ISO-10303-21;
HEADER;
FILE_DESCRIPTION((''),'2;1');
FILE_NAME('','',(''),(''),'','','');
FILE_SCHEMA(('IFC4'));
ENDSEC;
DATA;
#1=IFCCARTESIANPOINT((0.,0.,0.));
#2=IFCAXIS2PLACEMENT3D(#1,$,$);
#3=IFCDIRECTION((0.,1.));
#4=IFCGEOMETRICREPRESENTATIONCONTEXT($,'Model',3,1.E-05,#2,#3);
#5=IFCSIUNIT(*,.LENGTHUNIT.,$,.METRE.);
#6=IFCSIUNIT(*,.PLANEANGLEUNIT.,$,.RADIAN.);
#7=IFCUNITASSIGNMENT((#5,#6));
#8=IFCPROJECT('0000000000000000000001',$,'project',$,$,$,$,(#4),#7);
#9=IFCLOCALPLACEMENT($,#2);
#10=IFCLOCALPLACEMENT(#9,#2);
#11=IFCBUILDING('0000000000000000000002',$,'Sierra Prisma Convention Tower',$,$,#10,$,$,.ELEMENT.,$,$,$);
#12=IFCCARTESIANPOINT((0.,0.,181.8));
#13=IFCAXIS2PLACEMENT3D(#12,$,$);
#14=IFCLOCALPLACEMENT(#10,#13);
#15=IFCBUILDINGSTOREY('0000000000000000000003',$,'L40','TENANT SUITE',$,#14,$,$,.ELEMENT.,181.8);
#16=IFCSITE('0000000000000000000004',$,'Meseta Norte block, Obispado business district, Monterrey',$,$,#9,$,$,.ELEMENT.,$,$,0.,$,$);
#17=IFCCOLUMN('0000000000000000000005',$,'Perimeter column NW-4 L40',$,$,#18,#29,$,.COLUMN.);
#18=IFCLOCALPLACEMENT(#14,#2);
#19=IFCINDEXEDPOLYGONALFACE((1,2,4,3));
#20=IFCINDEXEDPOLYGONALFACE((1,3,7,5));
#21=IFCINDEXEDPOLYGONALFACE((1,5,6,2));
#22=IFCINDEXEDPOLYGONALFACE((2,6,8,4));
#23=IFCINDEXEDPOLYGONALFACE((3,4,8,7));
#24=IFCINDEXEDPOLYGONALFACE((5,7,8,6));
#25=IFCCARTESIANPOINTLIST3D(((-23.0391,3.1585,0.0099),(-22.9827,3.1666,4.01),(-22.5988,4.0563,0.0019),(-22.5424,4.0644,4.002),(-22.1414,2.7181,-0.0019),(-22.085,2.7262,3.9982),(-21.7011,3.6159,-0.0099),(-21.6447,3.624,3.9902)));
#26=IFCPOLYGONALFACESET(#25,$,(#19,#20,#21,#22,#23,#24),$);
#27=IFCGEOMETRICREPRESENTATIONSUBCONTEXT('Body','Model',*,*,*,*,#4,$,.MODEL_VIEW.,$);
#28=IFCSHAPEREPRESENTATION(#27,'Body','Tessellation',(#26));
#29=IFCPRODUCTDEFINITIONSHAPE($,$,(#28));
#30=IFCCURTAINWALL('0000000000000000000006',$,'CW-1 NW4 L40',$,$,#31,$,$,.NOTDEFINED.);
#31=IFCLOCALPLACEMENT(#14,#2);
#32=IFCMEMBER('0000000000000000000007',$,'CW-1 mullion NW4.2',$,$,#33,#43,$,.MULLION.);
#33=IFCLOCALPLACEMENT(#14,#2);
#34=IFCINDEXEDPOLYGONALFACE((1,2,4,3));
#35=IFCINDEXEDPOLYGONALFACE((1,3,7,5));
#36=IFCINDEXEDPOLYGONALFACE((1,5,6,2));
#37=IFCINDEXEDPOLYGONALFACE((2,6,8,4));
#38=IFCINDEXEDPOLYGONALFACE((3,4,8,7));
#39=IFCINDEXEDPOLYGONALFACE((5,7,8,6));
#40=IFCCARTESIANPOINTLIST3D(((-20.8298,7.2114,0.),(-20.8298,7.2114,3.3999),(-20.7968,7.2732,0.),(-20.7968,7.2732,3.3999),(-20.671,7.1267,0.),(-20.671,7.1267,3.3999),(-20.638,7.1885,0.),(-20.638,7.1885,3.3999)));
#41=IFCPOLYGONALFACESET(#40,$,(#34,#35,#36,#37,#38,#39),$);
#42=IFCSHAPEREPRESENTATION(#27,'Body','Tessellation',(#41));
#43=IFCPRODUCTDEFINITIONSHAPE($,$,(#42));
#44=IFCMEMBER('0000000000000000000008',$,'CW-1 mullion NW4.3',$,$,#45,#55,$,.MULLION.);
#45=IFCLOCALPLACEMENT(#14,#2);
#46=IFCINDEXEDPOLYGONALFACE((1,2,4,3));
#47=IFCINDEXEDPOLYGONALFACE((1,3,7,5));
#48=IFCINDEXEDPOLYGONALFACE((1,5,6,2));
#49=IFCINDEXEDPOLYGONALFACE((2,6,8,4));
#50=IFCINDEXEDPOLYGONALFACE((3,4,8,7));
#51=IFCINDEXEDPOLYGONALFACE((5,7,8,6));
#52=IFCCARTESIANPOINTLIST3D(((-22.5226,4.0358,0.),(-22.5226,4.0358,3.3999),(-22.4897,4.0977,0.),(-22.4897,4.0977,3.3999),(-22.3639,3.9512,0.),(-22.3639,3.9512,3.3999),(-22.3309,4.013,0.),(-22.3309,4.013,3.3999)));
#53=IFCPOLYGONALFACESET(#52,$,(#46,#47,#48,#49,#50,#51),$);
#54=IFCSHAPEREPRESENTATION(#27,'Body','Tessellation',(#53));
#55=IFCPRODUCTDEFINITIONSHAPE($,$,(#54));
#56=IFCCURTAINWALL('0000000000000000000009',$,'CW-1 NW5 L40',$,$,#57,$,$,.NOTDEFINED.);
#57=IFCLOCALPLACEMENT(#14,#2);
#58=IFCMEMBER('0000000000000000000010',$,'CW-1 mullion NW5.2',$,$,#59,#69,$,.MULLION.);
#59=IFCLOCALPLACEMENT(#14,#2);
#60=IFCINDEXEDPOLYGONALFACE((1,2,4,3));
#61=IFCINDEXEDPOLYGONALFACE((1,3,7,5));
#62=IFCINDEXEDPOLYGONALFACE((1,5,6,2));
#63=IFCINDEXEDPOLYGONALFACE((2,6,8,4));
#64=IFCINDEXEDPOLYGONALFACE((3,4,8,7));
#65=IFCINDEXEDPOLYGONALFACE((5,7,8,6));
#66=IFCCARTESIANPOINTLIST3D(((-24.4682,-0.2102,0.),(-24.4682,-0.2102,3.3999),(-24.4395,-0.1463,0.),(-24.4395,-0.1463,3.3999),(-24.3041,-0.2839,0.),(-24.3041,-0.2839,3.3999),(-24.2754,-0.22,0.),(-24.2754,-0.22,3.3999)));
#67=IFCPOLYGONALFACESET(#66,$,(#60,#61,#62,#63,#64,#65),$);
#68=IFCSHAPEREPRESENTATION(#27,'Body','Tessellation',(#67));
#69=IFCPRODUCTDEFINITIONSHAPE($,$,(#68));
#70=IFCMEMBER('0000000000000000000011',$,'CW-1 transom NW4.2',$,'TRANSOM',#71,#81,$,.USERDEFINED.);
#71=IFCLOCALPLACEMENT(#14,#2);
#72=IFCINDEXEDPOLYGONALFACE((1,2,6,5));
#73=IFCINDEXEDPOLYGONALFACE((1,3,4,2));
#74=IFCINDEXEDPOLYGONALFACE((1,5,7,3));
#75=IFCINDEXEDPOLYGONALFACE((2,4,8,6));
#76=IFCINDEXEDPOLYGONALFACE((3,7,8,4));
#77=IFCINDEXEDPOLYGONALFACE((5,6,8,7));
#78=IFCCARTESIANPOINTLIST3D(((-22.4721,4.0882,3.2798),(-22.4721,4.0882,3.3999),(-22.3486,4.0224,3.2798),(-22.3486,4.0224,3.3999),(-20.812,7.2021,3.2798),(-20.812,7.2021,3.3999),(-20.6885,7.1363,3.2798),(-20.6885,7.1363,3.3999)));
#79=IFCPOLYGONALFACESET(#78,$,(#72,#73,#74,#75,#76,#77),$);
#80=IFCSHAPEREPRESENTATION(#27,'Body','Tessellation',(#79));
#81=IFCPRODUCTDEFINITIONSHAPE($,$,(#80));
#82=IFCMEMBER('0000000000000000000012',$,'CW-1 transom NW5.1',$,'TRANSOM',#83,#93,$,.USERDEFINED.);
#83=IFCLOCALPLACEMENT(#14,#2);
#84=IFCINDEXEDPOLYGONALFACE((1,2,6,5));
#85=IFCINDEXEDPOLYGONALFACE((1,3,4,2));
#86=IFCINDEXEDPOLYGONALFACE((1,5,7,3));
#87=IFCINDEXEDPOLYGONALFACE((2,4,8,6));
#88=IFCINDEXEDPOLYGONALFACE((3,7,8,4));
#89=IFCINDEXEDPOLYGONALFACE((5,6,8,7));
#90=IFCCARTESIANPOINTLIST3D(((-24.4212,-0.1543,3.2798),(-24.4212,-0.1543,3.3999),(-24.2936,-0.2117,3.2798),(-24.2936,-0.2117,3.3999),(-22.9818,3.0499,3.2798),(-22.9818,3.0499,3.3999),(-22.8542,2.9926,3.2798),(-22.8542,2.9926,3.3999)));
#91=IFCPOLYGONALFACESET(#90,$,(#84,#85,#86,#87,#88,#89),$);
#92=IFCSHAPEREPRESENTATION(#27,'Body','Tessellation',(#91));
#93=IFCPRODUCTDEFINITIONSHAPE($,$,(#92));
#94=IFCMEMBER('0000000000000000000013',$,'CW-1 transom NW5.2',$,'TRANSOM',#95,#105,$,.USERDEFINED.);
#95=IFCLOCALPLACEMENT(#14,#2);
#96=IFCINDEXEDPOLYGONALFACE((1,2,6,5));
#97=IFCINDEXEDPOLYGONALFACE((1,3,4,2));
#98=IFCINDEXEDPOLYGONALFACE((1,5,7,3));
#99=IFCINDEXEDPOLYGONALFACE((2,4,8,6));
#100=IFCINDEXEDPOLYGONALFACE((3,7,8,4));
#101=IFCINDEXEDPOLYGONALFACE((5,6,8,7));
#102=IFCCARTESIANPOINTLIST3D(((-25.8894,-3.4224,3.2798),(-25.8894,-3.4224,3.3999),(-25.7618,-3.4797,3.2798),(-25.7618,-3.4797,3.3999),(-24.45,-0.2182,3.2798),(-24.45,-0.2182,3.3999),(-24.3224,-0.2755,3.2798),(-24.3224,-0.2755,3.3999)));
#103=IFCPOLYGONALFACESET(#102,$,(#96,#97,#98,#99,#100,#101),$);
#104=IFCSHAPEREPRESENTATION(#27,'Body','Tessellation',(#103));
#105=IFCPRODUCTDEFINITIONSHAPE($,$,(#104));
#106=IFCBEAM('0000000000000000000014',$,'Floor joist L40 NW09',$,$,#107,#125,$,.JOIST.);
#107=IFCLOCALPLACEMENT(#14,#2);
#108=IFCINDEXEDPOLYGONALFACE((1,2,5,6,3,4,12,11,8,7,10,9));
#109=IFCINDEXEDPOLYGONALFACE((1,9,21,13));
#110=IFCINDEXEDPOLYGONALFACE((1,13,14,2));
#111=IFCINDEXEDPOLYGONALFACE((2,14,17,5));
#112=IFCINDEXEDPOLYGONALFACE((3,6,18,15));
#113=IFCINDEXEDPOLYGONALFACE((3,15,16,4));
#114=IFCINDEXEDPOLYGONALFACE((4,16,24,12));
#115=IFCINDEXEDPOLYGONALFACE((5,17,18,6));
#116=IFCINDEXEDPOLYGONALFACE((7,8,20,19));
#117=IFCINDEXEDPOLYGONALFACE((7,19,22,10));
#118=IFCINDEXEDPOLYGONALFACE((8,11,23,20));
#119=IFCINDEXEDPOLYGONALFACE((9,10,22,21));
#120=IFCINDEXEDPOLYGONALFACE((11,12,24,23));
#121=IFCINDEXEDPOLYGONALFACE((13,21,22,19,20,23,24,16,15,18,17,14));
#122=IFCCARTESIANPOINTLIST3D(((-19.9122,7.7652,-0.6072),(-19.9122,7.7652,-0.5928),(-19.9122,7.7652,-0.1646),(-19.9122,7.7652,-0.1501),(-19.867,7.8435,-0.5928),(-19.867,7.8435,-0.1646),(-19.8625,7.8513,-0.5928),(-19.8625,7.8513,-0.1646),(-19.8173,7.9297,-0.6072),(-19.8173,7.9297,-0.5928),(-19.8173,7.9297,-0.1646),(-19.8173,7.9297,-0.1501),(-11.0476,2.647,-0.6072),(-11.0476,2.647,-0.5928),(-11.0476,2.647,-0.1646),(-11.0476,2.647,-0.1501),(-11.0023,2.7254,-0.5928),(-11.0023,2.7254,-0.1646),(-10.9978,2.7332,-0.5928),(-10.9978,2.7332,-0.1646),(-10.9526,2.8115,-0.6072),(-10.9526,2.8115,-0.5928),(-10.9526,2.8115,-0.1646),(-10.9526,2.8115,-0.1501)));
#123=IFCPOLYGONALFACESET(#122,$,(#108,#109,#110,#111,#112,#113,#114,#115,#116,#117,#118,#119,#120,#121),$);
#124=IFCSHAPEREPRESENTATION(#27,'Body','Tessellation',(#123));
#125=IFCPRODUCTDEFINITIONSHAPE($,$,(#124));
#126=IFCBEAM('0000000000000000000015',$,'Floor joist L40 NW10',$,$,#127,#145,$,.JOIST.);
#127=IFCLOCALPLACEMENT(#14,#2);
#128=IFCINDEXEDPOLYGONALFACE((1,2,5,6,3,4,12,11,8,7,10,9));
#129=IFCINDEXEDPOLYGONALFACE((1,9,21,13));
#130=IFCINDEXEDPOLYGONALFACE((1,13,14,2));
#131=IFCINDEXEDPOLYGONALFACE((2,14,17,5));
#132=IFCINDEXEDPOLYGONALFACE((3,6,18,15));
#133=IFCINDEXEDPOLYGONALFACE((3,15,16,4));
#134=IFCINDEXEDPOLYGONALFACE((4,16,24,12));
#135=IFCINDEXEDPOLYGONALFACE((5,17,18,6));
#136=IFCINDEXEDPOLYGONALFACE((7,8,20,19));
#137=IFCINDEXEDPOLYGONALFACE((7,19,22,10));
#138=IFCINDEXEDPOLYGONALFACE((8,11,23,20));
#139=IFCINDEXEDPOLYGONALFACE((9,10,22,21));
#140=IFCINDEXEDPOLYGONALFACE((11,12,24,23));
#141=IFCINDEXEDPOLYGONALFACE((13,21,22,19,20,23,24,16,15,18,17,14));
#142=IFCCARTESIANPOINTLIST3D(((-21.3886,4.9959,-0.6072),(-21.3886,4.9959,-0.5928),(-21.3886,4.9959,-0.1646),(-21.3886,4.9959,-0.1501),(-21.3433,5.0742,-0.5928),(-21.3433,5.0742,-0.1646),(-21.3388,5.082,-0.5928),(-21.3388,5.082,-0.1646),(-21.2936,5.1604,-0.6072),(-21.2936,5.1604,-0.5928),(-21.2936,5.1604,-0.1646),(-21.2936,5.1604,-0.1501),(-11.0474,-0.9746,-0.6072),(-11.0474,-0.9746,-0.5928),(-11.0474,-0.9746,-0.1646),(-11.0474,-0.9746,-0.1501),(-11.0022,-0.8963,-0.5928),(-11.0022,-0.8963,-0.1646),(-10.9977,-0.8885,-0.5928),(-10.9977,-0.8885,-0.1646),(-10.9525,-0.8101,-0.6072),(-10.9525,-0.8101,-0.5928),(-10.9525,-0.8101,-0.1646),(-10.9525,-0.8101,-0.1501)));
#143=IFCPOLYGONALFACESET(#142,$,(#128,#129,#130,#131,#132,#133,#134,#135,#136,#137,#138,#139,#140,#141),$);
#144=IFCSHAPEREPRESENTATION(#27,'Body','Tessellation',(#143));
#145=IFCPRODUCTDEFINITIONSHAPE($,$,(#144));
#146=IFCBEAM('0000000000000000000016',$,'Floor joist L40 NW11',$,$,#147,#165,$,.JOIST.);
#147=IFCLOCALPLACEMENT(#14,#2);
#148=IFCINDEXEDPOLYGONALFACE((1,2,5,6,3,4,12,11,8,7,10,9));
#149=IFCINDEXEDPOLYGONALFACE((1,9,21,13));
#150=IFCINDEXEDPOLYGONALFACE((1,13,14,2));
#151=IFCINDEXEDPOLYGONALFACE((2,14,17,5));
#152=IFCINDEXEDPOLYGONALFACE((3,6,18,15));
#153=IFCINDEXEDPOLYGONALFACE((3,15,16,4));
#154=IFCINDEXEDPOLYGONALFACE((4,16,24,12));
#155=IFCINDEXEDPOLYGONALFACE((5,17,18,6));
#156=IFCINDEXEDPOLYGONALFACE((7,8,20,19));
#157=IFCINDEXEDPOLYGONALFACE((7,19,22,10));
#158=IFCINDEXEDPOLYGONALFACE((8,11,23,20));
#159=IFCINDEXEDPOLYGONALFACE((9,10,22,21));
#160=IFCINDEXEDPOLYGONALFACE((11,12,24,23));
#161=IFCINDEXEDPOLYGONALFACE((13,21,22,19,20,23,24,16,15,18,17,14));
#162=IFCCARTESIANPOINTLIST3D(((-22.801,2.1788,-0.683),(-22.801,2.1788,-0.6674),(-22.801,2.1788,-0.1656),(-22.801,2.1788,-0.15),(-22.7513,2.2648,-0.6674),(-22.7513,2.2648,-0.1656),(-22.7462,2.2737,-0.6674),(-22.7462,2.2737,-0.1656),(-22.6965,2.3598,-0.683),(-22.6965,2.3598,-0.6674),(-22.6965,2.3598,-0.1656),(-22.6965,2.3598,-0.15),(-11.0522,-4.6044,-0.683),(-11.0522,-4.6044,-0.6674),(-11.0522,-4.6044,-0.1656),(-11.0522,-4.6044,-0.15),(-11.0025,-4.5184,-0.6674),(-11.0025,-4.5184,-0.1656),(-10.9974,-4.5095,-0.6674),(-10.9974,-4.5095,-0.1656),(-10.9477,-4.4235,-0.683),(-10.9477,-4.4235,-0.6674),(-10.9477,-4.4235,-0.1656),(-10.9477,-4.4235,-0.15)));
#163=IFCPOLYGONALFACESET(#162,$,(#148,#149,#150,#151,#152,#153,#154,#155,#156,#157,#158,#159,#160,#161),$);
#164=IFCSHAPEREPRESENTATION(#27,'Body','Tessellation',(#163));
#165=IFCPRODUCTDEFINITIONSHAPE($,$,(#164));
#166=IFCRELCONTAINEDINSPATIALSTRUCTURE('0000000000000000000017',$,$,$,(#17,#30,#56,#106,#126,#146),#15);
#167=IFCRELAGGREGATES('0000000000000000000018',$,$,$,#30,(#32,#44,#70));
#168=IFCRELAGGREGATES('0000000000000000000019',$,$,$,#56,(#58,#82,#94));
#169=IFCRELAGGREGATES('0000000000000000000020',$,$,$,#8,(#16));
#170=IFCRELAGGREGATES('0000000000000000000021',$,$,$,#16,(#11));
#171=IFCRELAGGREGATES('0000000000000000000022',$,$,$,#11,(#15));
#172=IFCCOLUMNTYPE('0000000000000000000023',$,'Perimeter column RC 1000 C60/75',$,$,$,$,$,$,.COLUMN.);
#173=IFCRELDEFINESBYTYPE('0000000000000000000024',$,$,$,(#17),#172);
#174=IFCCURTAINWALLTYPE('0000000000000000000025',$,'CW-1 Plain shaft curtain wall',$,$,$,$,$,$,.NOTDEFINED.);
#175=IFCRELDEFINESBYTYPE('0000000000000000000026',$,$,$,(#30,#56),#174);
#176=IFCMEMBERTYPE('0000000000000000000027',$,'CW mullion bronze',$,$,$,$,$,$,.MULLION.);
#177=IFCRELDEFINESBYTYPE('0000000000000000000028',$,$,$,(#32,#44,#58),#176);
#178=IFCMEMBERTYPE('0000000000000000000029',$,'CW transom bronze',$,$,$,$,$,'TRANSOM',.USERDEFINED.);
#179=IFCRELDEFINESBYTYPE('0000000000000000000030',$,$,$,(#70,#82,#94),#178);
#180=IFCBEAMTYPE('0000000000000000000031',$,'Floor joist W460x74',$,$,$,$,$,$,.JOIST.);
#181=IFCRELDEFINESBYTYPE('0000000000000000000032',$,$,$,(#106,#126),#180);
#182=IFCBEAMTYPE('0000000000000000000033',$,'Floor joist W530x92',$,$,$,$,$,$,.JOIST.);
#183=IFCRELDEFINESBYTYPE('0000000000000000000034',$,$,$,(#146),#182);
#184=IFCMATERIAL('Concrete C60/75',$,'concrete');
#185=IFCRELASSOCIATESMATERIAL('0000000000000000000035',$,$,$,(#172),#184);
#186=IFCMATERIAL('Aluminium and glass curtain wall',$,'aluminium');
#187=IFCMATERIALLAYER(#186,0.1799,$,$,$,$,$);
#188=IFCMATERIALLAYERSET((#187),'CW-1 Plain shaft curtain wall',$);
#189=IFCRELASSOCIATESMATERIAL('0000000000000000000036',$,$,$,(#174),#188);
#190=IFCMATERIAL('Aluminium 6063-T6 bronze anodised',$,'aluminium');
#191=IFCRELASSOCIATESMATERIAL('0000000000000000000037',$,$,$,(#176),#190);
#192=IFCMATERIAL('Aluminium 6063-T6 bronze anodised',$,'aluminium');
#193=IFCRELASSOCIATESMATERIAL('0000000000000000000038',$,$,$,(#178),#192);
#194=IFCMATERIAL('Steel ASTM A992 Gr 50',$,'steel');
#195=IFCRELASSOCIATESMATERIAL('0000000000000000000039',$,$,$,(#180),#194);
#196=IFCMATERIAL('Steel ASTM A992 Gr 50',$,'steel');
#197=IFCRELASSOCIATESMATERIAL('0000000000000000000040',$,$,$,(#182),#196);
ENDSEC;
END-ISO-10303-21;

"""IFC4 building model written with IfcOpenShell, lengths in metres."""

from ifc_helpers import new_model, si_unit, direction, frame, origin, origin_2d, place, context, subcontext, project, spatial, rectangle, i_section, extrude, material, layer, layer_set, material_profile, profile_set, type_object, element, aggregate, save


model = new_model("IFC4")

# Units and contexts
model_context = context("Model", 3, precision=1e-05, world=origin(), true_north=direction((0.0, 1.0)))
body_context = subcontext(model_context, "Body", "Model", "MODEL_VIEW")
ifc_project = project(units=[si_unit("LENGTHUNIT", "METRE"), si_unit("PLANEANGLEUNIT", "RADIAN")], contexts=[model_context])

# Site, building, storey
site_placement = place(None, origin())
site = spatial("IfcSite", under=ifc_project, at=site_placement, Name="Meseta Norte block, Obispado business district, Monterrey", CompositionType="ELEMENT", RefElevation=0.0)
building_placement = place(site_placement, origin())
building = spatial("IfcBuilding", under=site, at=building_placement, Name="Sierra Prisma Convention Tower", CompositionType="ELEMENT")
storey_placement = place(building_placement, frame((0.0, 0.0, 181.8)))
storey = spatial("IfcBuildingStorey", under=building, at=storey_placement, Name="L40", Description="TENANT SUITE", CompositionType="ELEMENT", Elevation=181.8)

# Column
ifc_material_1 = material(Name="Concrete C60/75", Category="concrete")
ifc_material_profile_1 = material_profile(ifc_material_1, rectangle(XDim=1.0, YDim=1.0, at=origin_2d()), Name="Perimeter column RC 1000 C60/75")
ifc_profile_set_1 = profile_set([ifc_material_profile_1], Name="Concrete C60/75")
column_type = type_object("IfcColumnType", Name="Perimeter column RC 1000 C60/75", PredefinedType="COLUMN", material=ifc_profile_set_1)
column_placement = place(storey_placement, frame((-22.3701, 3.3872, 0.0), z_axis=(0.014098, 0.002014, 0.999899), x_axis=(0.440319, 0.897806, -0.008016)))
element("IfcColumn", 1, at=column_placement, inside=storey, type_object=column_type, Name="Perimeter column NW-4 L40", PredefinedType="COLUMN", context=body_context, shape_type="SweptSolid", body=[
    extrude(rectangle(XDim=1.0, YDim=1.0, at=origin_2d()), origin(), (0.0, 0.0, 1.0), 4.0005),
])

# Curtain wall, members
ifc_material_2 = material(Name="Aluminium and glass curtain wall", Category="aluminium")
ifc_layer_1 = layer(ifc_material_2, 0.1799)
ifc_layer_set_1 = layer_set([ifc_layer_1], Name="CW-1 Plain shaft curtain wall")
curtain_wall_type = type_object("IfcCurtainWallType", Name="CW-1 Plain shaft curtain wall", PredefinedType="NOTDEFINED", material=ifc_layer_set_1)
curtain_wall_1_placement = place(storey_placement, origin())
curtain_wall_1 = element("IfcCurtainWall", 2, at=curtain_wall_1_placement, inside=storey, type_object=curtain_wall_type, Name="CW-1 NW4 L40", PredefinedType="NOTDEFINED")
ifc_material_3 = material(Name="Aluminium 6063-T6 bronze anodised", Category="aluminium")
ifc_material_profile_2 = material_profile(ifc_material_3, rectangle(XDim=0.1799, YDim=0.0701, at=origin_2d()), Name="ALU MULLION 70x180")
ifc_profile_set_2 = profile_set([ifc_material_profile_2], Name="Aluminium 6063-T6 bronze anodised")
member_type_1 = type_object("IfcMemberType", Name="CW mullion bronze", PredefinedType="MULLION", material=ifc_profile_set_2)
member_1_placement = place(storey_placement, frame((-20.7339, 7.2, 0.0), z_axis=(0.0, 0.0, 1.0), x_axis=(0.882427, -0.47045, 0.0)))
member_1 = element("IfcMember", 3, at=member_1_placement, type_object=member_type_1, Name="CW-1 mullion NW4.2", PredefinedType="MULLION", context=body_context, shape_type="SweptSolid", body=[
    extrude(rectangle(XDim=0.1799, YDim=0.0701, at=origin_2d()), origin(), (0.0, 0.0, 1.0), 3.3999),
])
member_2_placement = place(storey_placement, frame((-22.4268, 4.0244, 0.0), z_axis=(0.0, 0.0, 1.0), x_axis=(0.882427, -0.47045, 0.0)))
member_2 = element("IfcMember", 4, at=member_2_placement, type_object=member_type_1, Name="CW-1 mullion NW4.3", PredefinedType="MULLION", context=body_context, shape_type="SweptSolid", body=[
    extrude(rectangle(XDim=0.1799, YDim=0.0701, at=origin_2d()), origin(), (0.0, 0.0, 1.0), 3.3999),
])

# Curtain wall, member
curtain_wall_2_placement = place(storey_placement, origin())
curtain_wall_2 = element("IfcCurtainWall", 5, at=curtain_wall_2_placement, inside=storey, type_object=curtain_wall_type, Name="CW-1 NW5 L40", PredefinedType="NOTDEFINED")
member_3_placement = place(storey_placement, frame((-24.3718, -0.2151, 0.0), z_axis=(0.0, 0.0, 1.0), x_axis=(0.912188, -0.409773, 0.0)))
member_3 = element("IfcMember", 6, at=member_3_placement, type_object=member_type_1, Name="CW-1 mullion NW5.2", PredefinedType="MULLION", context=body_context, shape_type="SweptSolid", body=[
    extrude(rectangle(XDim=0.1799, YDim=0.0701, at=origin_2d()), origin(), (0.0, 0.0, 1.0), 3.3999),
])

# Members
ifc_material_4 = material(Name="Aluminium 6063-T6 bronze anodised", Category="aluminium")
ifc_material_profile_3 = material_profile(ifc_material_4, rectangle(XDim=0.1399, YDim=0.1201, at=origin_2d()), Name="ALU TRANSOM 120x140")
ifc_profile_set_3 = profile_set([ifc_material_profile_3], Name="Aluminium 6063-T6 bronze anodised")
member_type_2 = type_object("IfcMemberType", Name="CW transom bronze", ElementType="TRANSOM", PredefinedType="USERDEFINED", material=ifc_profile_set_3)
member_4_placement = place(storey_placement, frame((-20.7502, 7.1692, 3.3398), z_axis=(-0.470445, -0.88243, 0.0), x_axis=(0.88243, -0.470445, 0.0)))
member_4 = element("IfcMember", 7, at=member_4_placement, type_object=member_type_2, Name="CW-1 transom NW4.2", ObjectType="TRANSOM", PredefinedType="USERDEFINED", context=body_context, shape_type="SweptSolid", body=[
    extrude(rectangle(XDim=0.1399, YDim=0.1201, at=origin_2d()), origin(), (0.0, 0.0, 1.0), 3.5288),
])
member_5_placement = place(storey_placement, frame((-22.918, 3.0212, 3.3398), z_axis=(-0.409772, -0.912188, 0.0), x_axis=(0.912188, -0.409772, 0.0)))
member_5 = element("IfcMember", 8, at=member_5_placement, type_object=member_type_2, Name="CW-1 transom NW5.1", ObjectType="TRANSOM", PredefinedType="USERDEFINED", context=body_context, shape_type="SweptSolid", body=[
    extrude(rectangle(XDim=0.1399, YDim=0.1201, at=origin_2d()), origin(), (0.0, 0.0, 1.0), 3.5127),
])
member_6_placement = place(storey_placement, frame((-24.3862, -0.2468, 3.3398), z_axis=(-0.409772, -0.912188, 0.0), x_axis=(0.912188, -0.409772, 0.0)))
member_6 = element("IfcMember", 9, at=member_6_placement, type_object=member_type_2, Name="CW-1 transom NW5.2", ObjectType="TRANSOM", PredefinedType="USERDEFINED", context=body_context, shape_type="SweptSolid", body=[
    extrude(rectangle(XDim=0.1399, YDim=0.1201, at=origin_2d()), origin(), (0.0, 0.0, 1.0), 3.5127),
])

# Beams
ifc_material_5 = material(Name="Steel ASTM A992 Gr 50", Category="steel")
ifc_material_profile_4 = material_profile(ifc_material_5, i_section(OverallWidth=0.1899, OverallDepth=0.457, WebThickness=0.009, FlangeThickness=0.0144, at=origin_2d()), Name="W460x74")
ifc_profile_set_4 = profile_set([ifc_material_profile_4], Name="Steel ASTM A992 Gr 50")
beam_type_1 = type_object("IfcBeamType", Name="Floor joist W460x74", PredefinedType="JOIST", material=ifc_profile_set_4)
beam_1_placement = place(storey_placement, frame((-19.8647, 7.8474, -0.3787), z_axis=(0.866021, -0.500007, 0.0), x_axis=(0.500007, 0.866021, 0.0)))
element("IfcBeam", 10, at=beam_1_placement, inside=storey, type_object=beam_type_1, Name="Floor joist L40 NW09", PredefinedType="JOIST", context=body_context, shape_type="SweptSolid", body=[
    extrude(i_section(OverallWidth=0.1899, OverallDepth=0.457, WebThickness=0.009, FlangeThickness=0.0144, at=origin_2d()), origin(), (0.0, 0.0, 1.0), 10.2361),
])
beam_2_placement = place(storey_placement, frame((-21.3411, 5.0781, -0.3787), z_axis=(0.866024, -0.500003, 0.0), x_axis=(0.500003, 0.866024, 0.0)))
element("IfcBeam", 11, at=beam_2_placement, inside=storey, type_object=beam_type_1, Name="Floor joist L40 NW10", PredefinedType="JOIST", context=body_context, shape_type="SweptSolid", body=[
    extrude(i_section(OverallWidth=0.1899, OverallDepth=0.457, WebThickness=0.009, FlangeThickness=0.0144, at=origin_2d()), origin(), (0.0, 0.0, 1.0), 11.9409),
])
ifc_material_6 = material(Name="Steel ASTM A992 Gr 50", Category="steel")
ifc_material_profile_5 = material_profile(ifc_material_6, i_section(OverallWidth=0.209, OverallDepth=0.533, WebThickness=0.0103, FlangeThickness=0.0156, at=origin_2d()), Name="W530x92")
ifc_profile_set_5 = profile_set([ifc_material_profile_5], Name="Steel ASTM A992 Gr 50")
beam_type_2 = type_object("IfcBeamType", Name="Floor joist W530x92", PredefinedType="JOIST", material=ifc_profile_set_5)
beam_3_placement = place(storey_placement, frame((-22.7488, 2.2693, -0.4165), z_axis=(0.866024, -0.500002, 0.0), x_axis=(0.500002, 0.866024, 0.0)))
element("IfcBeam", 12, at=beam_3_placement, inside=storey, type_object=beam_type_2, Name="Floor joist L40 NW11", PredefinedType="JOIST", context=body_context, shape_type="SweptSolid", body=[
    extrude(i_section(OverallWidth=0.209, OverallDepth=0.533, WebThickness=0.0103, FlangeThickness=0.0156, at=origin_2d()), origin(), (0.0, 0.0, 1.0), 13.5664),
])

aggregate(curtain_wall_1, [member_1, member_2, member_4])
aggregate(curtain_wall_2, [member_3, member_5, member_6])

save(model, "model.ifc")
